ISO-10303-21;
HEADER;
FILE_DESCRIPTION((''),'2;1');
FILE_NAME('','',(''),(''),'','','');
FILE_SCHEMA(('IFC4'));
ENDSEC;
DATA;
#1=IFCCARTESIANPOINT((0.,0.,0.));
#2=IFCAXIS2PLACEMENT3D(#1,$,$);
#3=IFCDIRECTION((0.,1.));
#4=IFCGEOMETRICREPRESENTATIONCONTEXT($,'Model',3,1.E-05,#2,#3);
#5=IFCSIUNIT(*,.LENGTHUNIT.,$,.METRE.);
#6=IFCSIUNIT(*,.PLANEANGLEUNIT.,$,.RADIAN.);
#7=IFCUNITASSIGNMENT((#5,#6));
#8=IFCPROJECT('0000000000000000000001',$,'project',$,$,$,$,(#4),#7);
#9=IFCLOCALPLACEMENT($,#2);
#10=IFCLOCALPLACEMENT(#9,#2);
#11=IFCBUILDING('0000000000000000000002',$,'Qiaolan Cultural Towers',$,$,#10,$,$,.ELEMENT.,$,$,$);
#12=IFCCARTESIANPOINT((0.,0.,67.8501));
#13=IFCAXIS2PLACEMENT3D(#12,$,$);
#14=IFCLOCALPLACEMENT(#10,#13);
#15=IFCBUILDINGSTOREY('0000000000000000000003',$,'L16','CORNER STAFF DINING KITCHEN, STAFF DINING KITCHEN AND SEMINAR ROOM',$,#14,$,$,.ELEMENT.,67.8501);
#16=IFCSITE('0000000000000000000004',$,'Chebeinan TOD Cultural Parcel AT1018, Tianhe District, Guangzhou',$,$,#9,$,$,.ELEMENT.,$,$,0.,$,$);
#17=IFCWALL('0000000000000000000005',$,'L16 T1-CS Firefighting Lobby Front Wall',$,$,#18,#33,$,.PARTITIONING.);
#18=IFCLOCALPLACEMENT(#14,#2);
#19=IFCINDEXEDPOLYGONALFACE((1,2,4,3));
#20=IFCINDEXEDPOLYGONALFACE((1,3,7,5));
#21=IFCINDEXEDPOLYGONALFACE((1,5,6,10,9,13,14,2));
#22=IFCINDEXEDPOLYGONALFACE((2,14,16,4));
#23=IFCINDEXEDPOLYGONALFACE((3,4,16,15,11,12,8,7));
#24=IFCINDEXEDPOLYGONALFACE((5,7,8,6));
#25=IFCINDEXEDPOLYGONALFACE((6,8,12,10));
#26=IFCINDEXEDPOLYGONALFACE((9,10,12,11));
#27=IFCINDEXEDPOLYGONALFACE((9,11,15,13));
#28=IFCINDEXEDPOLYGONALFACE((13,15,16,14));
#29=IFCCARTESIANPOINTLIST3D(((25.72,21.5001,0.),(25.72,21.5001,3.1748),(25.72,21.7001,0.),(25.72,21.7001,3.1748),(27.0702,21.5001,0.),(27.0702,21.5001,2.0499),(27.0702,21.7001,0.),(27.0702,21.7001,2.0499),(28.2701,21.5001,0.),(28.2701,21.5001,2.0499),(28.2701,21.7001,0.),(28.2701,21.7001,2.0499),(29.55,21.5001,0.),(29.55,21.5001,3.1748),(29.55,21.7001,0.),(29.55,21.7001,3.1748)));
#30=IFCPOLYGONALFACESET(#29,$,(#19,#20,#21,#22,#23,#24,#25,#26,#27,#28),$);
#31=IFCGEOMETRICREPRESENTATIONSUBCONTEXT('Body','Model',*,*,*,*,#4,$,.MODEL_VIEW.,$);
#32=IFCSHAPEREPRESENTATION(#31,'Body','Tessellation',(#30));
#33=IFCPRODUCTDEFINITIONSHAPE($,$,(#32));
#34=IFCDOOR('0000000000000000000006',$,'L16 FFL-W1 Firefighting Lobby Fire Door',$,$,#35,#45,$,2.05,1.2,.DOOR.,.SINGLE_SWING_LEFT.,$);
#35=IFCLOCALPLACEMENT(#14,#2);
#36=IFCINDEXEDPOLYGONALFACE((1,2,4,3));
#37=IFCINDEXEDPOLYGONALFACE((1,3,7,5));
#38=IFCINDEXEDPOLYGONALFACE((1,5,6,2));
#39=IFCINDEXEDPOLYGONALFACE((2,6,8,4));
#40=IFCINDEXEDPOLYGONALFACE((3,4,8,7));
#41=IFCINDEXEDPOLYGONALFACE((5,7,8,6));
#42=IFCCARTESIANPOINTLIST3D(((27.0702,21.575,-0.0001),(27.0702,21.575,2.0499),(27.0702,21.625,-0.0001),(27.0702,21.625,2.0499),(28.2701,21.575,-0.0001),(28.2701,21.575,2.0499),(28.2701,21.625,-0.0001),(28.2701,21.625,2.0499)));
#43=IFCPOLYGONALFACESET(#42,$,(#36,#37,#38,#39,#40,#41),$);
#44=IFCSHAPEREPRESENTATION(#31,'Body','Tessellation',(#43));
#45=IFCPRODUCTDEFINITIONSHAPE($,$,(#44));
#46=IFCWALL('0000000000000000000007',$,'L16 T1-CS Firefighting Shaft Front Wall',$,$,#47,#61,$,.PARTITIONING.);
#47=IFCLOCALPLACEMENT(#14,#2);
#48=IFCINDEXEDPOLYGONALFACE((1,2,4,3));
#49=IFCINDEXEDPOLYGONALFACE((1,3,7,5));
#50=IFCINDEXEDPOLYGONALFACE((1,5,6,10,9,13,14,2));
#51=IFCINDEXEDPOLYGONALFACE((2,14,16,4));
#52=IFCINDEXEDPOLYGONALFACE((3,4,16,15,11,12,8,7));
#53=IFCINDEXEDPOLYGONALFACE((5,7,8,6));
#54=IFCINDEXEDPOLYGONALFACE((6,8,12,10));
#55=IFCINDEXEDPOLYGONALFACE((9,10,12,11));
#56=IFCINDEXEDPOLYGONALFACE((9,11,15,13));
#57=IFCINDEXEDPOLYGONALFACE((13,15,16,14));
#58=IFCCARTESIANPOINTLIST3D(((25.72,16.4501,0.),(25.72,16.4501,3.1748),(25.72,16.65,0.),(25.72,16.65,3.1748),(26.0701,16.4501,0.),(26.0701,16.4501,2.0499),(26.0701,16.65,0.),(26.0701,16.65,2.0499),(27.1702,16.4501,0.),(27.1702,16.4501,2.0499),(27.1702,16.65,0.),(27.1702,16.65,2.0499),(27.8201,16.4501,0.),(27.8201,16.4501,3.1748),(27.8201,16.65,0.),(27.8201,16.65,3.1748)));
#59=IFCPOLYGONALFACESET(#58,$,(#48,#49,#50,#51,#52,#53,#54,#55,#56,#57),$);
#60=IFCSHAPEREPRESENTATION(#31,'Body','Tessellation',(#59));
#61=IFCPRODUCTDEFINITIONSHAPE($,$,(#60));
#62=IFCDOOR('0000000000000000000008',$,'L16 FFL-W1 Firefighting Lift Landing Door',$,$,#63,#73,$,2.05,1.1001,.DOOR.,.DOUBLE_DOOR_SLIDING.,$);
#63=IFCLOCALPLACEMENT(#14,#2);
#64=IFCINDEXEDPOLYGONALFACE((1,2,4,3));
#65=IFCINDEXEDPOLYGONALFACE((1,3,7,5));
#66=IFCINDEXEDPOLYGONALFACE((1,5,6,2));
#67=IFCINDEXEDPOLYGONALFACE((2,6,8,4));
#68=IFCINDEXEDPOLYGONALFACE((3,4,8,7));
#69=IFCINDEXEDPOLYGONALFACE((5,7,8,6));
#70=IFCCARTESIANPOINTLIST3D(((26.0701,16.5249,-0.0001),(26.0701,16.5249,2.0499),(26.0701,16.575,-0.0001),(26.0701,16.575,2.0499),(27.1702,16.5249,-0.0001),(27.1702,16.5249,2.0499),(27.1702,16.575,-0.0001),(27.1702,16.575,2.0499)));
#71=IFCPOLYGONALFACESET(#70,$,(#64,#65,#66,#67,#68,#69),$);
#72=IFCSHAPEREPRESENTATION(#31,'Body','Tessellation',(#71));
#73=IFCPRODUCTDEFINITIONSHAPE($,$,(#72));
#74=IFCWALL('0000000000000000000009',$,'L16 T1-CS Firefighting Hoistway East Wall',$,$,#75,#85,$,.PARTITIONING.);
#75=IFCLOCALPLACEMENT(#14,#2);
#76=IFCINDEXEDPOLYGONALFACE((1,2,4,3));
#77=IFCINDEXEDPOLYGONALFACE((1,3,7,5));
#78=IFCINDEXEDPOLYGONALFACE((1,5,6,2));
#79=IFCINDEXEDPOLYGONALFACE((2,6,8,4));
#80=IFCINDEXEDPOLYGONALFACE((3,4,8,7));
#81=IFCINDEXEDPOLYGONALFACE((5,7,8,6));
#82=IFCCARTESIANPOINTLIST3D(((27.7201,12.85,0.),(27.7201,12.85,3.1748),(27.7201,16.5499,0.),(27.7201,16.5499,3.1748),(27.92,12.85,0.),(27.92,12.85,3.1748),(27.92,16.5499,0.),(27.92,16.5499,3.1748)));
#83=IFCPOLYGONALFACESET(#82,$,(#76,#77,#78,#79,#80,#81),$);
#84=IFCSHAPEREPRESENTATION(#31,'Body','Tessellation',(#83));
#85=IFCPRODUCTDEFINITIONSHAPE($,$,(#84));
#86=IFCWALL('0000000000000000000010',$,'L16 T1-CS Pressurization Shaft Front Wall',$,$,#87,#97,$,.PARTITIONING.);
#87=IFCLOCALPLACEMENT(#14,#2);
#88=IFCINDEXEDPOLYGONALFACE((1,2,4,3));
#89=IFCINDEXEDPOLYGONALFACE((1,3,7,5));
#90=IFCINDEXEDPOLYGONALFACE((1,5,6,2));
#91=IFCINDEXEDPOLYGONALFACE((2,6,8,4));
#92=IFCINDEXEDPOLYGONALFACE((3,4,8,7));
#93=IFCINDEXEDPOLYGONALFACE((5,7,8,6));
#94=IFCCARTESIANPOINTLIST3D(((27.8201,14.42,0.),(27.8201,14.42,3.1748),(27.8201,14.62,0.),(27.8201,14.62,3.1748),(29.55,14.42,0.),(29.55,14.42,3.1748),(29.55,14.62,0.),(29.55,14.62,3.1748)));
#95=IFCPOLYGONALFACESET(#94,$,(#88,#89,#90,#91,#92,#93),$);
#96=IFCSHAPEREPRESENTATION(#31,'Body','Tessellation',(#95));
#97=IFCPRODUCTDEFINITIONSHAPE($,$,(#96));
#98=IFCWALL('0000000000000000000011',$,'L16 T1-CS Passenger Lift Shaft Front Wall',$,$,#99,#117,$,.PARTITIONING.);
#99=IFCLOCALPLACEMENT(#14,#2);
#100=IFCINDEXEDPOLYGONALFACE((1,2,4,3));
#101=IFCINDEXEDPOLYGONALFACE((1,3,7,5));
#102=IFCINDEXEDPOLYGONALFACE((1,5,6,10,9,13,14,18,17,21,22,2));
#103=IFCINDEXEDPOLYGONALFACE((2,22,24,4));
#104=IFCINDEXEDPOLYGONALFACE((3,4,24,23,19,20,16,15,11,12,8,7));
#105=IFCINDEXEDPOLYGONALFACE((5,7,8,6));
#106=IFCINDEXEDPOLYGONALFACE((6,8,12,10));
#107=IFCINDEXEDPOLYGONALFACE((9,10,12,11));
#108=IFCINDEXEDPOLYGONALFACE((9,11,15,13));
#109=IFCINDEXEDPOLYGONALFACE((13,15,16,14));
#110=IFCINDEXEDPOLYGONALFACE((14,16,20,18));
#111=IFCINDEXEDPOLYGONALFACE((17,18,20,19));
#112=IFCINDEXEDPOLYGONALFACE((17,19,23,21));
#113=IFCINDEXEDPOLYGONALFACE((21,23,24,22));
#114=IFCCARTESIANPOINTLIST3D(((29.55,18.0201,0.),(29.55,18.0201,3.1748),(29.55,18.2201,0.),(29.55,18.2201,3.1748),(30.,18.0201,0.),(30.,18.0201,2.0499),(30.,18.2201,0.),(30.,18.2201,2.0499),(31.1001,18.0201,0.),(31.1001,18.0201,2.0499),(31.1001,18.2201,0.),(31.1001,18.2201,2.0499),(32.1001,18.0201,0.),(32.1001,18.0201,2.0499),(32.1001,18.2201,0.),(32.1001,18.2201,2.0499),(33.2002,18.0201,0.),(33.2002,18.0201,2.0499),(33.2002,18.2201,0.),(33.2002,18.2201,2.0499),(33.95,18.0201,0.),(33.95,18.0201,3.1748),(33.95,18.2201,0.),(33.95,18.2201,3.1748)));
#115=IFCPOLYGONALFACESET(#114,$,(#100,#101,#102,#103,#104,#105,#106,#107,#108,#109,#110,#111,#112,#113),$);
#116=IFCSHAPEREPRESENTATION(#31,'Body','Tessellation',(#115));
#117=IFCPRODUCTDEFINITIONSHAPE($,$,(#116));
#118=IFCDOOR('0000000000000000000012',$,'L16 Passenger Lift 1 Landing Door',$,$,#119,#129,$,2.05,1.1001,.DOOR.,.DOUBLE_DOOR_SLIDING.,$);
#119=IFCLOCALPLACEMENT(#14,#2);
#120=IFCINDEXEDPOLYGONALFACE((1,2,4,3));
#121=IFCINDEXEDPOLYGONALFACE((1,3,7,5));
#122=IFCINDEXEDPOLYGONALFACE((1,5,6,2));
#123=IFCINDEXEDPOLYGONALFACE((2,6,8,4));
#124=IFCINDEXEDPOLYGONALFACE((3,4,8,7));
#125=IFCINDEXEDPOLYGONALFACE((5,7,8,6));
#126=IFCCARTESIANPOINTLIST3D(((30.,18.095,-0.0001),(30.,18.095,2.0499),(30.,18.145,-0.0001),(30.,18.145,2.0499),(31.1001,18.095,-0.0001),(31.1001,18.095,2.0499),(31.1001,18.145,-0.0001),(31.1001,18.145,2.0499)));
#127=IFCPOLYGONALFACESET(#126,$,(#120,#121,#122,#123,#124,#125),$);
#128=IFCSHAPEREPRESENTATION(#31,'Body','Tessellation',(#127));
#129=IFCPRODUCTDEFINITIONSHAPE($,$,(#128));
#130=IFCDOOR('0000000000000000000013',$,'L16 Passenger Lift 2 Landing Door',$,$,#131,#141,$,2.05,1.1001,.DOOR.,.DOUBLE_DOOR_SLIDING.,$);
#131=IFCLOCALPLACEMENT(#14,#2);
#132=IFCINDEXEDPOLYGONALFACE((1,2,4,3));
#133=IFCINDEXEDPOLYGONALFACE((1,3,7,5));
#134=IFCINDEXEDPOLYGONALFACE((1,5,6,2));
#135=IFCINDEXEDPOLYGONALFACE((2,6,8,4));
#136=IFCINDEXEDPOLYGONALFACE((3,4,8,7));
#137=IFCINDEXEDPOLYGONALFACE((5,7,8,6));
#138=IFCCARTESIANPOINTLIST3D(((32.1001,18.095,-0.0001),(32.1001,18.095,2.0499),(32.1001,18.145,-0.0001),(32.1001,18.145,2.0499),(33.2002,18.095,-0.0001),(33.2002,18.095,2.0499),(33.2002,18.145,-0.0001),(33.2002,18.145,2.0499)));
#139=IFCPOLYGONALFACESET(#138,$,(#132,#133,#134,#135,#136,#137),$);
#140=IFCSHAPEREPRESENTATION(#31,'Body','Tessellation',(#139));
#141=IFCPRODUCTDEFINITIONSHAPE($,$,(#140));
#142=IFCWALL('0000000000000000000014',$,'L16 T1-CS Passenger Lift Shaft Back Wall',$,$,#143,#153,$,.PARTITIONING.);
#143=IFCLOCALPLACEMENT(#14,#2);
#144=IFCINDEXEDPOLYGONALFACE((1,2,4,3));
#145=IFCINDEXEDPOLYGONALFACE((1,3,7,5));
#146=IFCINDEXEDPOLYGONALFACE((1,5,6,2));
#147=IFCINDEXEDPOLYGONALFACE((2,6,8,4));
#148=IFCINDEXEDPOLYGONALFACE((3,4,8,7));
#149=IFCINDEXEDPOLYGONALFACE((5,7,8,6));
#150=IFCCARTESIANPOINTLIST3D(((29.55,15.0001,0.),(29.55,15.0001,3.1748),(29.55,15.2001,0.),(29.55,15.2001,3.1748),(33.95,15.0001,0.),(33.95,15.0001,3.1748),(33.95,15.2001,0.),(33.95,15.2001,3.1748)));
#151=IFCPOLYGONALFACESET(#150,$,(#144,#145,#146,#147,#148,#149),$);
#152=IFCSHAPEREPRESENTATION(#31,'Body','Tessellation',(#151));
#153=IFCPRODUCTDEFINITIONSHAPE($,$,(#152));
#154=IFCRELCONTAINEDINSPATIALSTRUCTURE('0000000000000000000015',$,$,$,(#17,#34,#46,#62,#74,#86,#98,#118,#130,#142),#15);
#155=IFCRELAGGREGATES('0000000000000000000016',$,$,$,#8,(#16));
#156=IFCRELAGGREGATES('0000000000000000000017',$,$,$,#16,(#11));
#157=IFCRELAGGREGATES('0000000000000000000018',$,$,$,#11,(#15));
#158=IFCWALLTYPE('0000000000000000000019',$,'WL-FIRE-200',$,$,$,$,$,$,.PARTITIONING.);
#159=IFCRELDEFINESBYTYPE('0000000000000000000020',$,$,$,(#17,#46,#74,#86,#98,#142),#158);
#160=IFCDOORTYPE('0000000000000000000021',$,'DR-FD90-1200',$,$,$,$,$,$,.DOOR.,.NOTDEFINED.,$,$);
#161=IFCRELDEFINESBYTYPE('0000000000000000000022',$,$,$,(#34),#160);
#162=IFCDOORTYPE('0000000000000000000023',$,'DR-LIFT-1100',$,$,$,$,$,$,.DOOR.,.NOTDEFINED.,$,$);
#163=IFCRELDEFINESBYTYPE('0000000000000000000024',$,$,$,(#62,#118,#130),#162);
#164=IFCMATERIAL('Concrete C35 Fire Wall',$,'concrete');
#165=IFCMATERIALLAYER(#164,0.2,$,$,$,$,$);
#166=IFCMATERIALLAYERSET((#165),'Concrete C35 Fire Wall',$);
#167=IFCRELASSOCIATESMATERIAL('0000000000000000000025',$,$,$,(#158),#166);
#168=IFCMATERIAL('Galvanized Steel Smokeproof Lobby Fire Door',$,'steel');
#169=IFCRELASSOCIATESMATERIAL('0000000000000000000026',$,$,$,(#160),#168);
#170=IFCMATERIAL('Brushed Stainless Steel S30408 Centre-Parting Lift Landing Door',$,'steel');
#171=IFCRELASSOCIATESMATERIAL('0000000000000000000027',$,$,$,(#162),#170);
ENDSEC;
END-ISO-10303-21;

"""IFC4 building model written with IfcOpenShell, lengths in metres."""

from ifc_helpers import new_model, si_unit, direction, frame, frame_2d, origin, place, context, subcontext, project, spatial, rectangle, extrude, material, layer, layer_set, type_object, element, fill, save


model = new_model("IFC4")

# Units and contexts
model_context = context("Model", 3, precision=1e-05, world=origin(), true_north=direction((0.0, 1.0)))
body_context = subcontext(model_context, "Body", "Model", "MODEL_VIEW")
ifc_project = project(units=[si_unit("LENGTHUNIT", "METRE"), si_unit("PLANEANGLEUNIT", "RADIAN")], contexts=[model_context])

# Site, building, storey
site_placement = place(None, origin())
site = spatial("IfcSite", under=ifc_project, at=site_placement, Name="Chebeinan TOD Cultural Parcel AT1018, Tianhe District, Guangzhou", CompositionType="ELEMENT", RefElevation=0.0)
building_placement = place(site_placement, origin())
building = spatial("IfcBuilding", under=site, at=building_placement, Name="Qiaolan Cultural Towers", CompositionType="ELEMENT")
storey_placement = place(building_placement, frame((0.0, 0.0, 67.8501)))
storey = spatial("IfcBuildingStorey", under=building, at=storey_placement, Name="L16", Description="CORNER STAFF DINING KITCHEN, STAFF DINING KITCHEN AND SEMINAR ROOM", CompositionType="ELEMENT", Elevation=67.8501)

# Shared definitions
ifc_material_1 = material(Name="Concrete C35 Fire Wall", Category="concrete")
ifc_layer_1 = layer(ifc_material_1, 0.2)
ifc_layer_set_1 = layer_set([ifc_layer_1], Name="Concrete C35 Fire Wall")
wall_type_1 = type_object("IfcWallType", Name="WL-FIRE-200", PredefinedType="PARTITIONING", material=ifc_layer_set_1)

# Walls, openings, doors
wall_1_placement = place(storey_placement, frame((25.72, 21.6001, 0.0), z_axis=(0.0, 0.0, 1.0), x_axis=(1.0, 0.0, 0.0)))
wall_1 = element("IfcWall", 1, at=wall_1_placement, inside=storey, type_object=wall_type_1, Name="L16 T1-CS Firefighting Lobby Front Wall", PredefinedType="PARTITIONING", context=body_context, shape_type="SweptSolid", body=[
    extrude(rectangle(XDim=3.8301, YDim=0.2, at=frame_2d((1.915, 0.0))), origin(), (0.0, 0.0, 1.0), 3.1748),
])
opening_1_placement = place(wall_1_placement, frame((1.3501, 0.0, 0.0)))
opening_1 = element("IfcOpeningElement", 2, at=opening_1_placement, cuts=wall_1, PredefinedType="OPENING", context=body_context, shape_type="SweptSolid", body=[
    extrude(rectangle(XDim=1.2, YDim=2.05, at=frame_2d((0.6001, 1.0249))), frame((0.0, 0.1099, 0.0), z_axis=(0.0, -1.0, 0.0), x_axis=(1.0, 0.0, 0.0)), (0.0, 0.0, 1.0), 0.22),
])
ifc_material_2 = material(Name="Galvanized Steel Smokeproof Lobby Fire Door", Category="steel")
door_type_1 = type_object("IfcDoorType", Name="DR-FD90-1200", OperationType="NOTDEFINED", PredefinedType="DOOR", material=ifc_material_2)
door_1_placement = place(opening_1_placement, origin())
door_1 = element("IfcDoor", 3, at=door_1_placement, inside=storey, type_object=door_type_1, Name="L16 FFL-W1 Firefighting Lobby Fire Door", OperationType="SINGLE_SWING_LEFT", OverallHeight=2.05, OverallWidth=1.2, PredefinedType="DOOR", context=body_context, shape_type="SweptSolid", body=[
    extrude(rectangle(XDim=1.2, YDim=2.05, at=frame_2d((0.6001, 1.0249))), frame((0.0, 0.0249, 0.0), z_axis=(0.0, -1.0, 0.0), x_axis=(1.0, 0.0, 0.0)), (0.0, 0.0, 1.0), 0.05),
])
fill(opening_1, door_1)
wall_2_placement = place(storey_placement, frame((25.72, 16.55, 0.0), z_axis=(0.0, 0.0, 1.0), x_axis=(1.0, 0.0, 0.0)))
wall_2 = element("IfcWall", 4, at=wall_2_placement, inside=storey, type_object=wall_type_1, Name="L16 T1-CS Firefighting Shaft Front Wall", PredefinedType="PARTITIONING", context=body_context, shape_type="SweptSolid", body=[
    extrude(rectangle(XDim=2.1001, YDim=0.2, at=frame_2d((1.05, 0.0))), origin(), (0.0, 0.0, 1.0), 3.1748),
])
opening_2_placement = place(wall_2_placement, frame((0.3501, 0.0, 0.0)))
opening_2 = element("IfcOpeningElement", 5, at=opening_2_placement, cuts=wall_2, PredefinedType="OPENING", context=body_context, shape_type="SweptSolid", body=[
    extrude(rectangle(XDim=1.1001, YDim=2.05, at=frame_2d((0.55, 1.0249))), frame((0.0, 0.1099, 0.0), z_axis=(0.0, -1.0, 0.0), x_axis=(1.0, 0.0, 0.0)), (0.0, 0.0, 1.0), 0.22),
])
ifc_material_3 = material(Name="Brushed Stainless Steel S30408 Centre-Parting Lift Landing Door", Category="steel")
door_type_2 = type_object("IfcDoorType", Name="DR-LIFT-1100", OperationType="NOTDEFINED", PredefinedType="DOOR", material=ifc_material_3)
door_2_placement = place(opening_2_placement, origin())
door_2 = element("IfcDoor", 6, at=door_2_placement, inside=storey, type_object=door_type_2, Name="L16 FFL-W1 Firefighting Lift Landing Door", OperationType="DOUBLE_DOOR_SLIDING", OverallHeight=2.05, OverallWidth=1.1001, PredefinedType="DOOR", context=body_context, shape_type="SweptSolid", body=[
    extrude(rectangle(XDim=1.1001, YDim=2.05, at=frame_2d((0.55, 1.0249))), frame((0.0, 0.0249, 0.0), z_axis=(0.0, -1.0, 0.0), x_axis=(1.0, 0.0, 0.0)), (0.0, 0.0, 1.0), 0.05),
])
fill(opening_2, door_2)

# Walls
wall_3_placement = place(storey_placement, frame((27.8201, 16.55, 0.0), z_axis=(0.0, 0.0, 1.0), x_axis=(0.0, -1.0, 0.0)))
element("IfcWall", 7, at=wall_3_placement, inside=storey, type_object=wall_type_1, Name="L16 T1-CS Firefighting Hoistway East Wall", PredefinedType="PARTITIONING", context=body_context, shape_type="SweptSolid", body=[
    extrude(rectangle(XDim=3.7, YDim=0.2, at=frame_2d((1.8501, 0.0))), origin(), (0.0, 0.0, 1.0), 3.1748),
])
wall_4_placement = place(storey_placement, frame((27.8201, 14.52, 0.0), z_axis=(0.0, 0.0, 1.0), x_axis=(1.0, 0.0, 0.0)))
element("IfcWall", 8, at=wall_4_placement, inside=storey, type_object=wall_type_1, Name="L16 T1-CS Pressurization Shaft Front Wall", PredefinedType="PARTITIONING", context=body_context, shape_type="SweptSolid", body=[
    extrude(rectangle(XDim=1.73, YDim=0.2, at=frame_2d((0.865, 0.0))), origin(), (0.0, 0.0, 1.0), 3.1748),
])

# Wall, openings, doors
wall_5_placement = place(storey_placement, frame((29.55, 18.1201, 0.0), z_axis=(0.0, 0.0, 1.0), x_axis=(1.0, 0.0, 0.0)))
wall_5 = element("IfcWall", 9, at=wall_5_placement, inside=storey, type_object=wall_type_1, Name="L16 T1-CS Passenger Lift Shaft Front Wall", PredefinedType="PARTITIONING", context=body_context, shape_type="SweptSolid", body=[
    extrude(rectangle(XDim=4.3999, YDim=0.2, at=frame_2d((2.2, 0.0))), origin(), (0.0, 0.0, 1.0), 3.1748),
])
opening_3_placement = place(wall_5_placement, frame((0.45, 0.0, 0.0)))
opening_3 = element("IfcOpeningElement", 10, at=opening_3_placement, cuts=wall_5, PredefinedType="OPENING", context=body_context, shape_type="SweptSolid", body=[
    extrude(rectangle(XDim=1.1001, YDim=2.05, at=frame_2d((0.55, 1.0249))), frame((0.0, 0.1099, 0.0), z_axis=(0.0, -1.0, 0.0), x_axis=(1.0, 0.0, 0.0)), (0.0, 0.0, 1.0), 0.22),
])
opening_4_placement = place(wall_5_placement, frame((2.55, 0.0, 0.0)))
opening_4 = element("IfcOpeningElement", 11, at=opening_4_placement, cuts=wall_5, PredefinedType="OPENING", context=body_context, shape_type="SweptSolid", body=[
    extrude(rectangle(XDim=1.1001, YDim=2.05, at=frame_2d((0.55, 1.0249))), frame((0.0, 0.1099, 0.0), z_axis=(0.0, -1.0, 0.0), x_axis=(1.0, 0.0, 0.0)), (0.0, 0.0, 1.0), 0.22),
])
door_3_placement = place(opening_3_placement, origin())
door_3 = element("IfcDoor", 12, at=door_3_placement, inside=storey, type_object=door_type_2, Name="L16 Passenger Lift 1 Landing Door", OperationType="DOUBLE_DOOR_SLIDING", OverallHeight=2.05, OverallWidth=1.1001, PredefinedType="DOOR", context=body_context, shape_type="SweptSolid", body=[
    extrude(rectangle(XDim=1.1001, YDim=2.05, at=frame_2d((0.55, 1.0249))), frame((0.0, 0.0249, 0.0), z_axis=(0.0, -1.0, 0.0), x_axis=(1.0, 0.0, 0.0)), (0.0, 0.0, 1.0), 0.05),
])
fill(opening_3, door_3)
door_4_placement = place(opening_4_placement, origin())
door_4 = element("IfcDoor", 13, at=door_4_placement, inside=storey, type_object=door_type_2, Name="L16 Passenger Lift 2 Landing Door", OperationType="DOUBLE_DOOR_SLIDING", OverallHeight=2.05, OverallWidth=1.1001, PredefinedType="DOOR", context=body_context, shape_type="SweptSolid", body=[
    extrude(rectangle(XDim=1.1001, YDim=2.05, at=frame_2d((0.55, 1.0249))), frame((0.0, 0.0249, 0.0), z_axis=(0.0, -1.0, 0.0), x_axis=(1.0, 0.0, 0.0)), (0.0, 0.0, 1.0), 0.05),
])
fill(opening_4, door_4)

# Wall
wall_6_placement = place(storey_placement, frame((29.55, 15.1001, 0.0), z_axis=(0.0, 0.0, 1.0), x_axis=(1.0, 0.0, 0.0)))
element("IfcWall", 14, at=wall_6_placement, inside=storey, type_object=wall_type_1, Name="L16 T1-CS Passenger Lift Shaft Back Wall", PredefinedType="PARTITIONING", context=body_context, shape_type="SweptSolid", body=[
    extrude(rectangle(XDim=4.3999, YDim=0.2, at=frame_2d((2.2, 0.0))), origin(), (0.0, 0.0, 1.0), 3.1748),
])

save(model, "model.ifc")
